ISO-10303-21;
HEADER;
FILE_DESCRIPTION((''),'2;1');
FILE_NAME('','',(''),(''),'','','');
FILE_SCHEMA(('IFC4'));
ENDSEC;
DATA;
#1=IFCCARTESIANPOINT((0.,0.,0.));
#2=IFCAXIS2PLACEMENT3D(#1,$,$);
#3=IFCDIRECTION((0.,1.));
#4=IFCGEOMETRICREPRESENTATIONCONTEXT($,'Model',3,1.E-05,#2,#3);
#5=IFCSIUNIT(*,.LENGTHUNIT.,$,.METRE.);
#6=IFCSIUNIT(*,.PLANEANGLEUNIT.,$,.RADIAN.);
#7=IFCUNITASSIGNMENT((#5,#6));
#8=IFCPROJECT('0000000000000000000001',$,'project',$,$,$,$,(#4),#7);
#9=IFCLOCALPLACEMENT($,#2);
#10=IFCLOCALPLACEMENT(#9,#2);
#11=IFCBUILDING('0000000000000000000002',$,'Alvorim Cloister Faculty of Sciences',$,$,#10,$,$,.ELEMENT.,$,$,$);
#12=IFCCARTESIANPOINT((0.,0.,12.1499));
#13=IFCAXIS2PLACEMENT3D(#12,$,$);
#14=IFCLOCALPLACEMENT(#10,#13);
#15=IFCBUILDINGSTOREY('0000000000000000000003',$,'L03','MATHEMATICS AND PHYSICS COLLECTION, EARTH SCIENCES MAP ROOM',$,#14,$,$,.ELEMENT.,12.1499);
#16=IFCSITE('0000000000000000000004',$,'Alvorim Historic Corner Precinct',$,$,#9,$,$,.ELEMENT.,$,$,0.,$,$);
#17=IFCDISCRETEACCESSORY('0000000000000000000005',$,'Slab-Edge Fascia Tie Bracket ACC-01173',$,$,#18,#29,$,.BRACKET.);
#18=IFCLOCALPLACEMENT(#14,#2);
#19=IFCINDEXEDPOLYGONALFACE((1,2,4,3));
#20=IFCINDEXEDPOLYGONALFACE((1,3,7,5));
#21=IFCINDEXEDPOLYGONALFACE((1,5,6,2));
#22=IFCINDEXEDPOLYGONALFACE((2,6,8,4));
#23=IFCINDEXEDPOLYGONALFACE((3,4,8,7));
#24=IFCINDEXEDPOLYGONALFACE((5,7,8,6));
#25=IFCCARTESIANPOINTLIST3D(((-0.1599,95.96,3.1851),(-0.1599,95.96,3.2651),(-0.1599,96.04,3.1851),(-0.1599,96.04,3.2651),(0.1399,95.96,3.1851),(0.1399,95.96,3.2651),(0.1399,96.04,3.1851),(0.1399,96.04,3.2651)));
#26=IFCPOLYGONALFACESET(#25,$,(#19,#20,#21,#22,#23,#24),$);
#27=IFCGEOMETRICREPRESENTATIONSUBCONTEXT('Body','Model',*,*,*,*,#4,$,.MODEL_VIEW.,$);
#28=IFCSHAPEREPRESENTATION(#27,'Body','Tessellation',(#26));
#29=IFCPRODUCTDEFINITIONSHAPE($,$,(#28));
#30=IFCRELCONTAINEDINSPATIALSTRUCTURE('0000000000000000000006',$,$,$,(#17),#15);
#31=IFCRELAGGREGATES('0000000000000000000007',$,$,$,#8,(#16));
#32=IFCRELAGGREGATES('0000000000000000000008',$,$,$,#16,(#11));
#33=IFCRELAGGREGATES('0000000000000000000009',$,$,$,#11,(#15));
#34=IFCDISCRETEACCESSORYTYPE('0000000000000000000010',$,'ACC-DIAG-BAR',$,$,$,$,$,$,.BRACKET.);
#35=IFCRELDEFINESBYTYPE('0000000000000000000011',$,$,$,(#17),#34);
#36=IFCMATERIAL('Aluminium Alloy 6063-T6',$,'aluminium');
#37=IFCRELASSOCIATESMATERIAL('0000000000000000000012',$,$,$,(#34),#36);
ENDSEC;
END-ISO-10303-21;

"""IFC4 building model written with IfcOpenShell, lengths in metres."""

from ifc_helpers import new_model, si_unit, direction, frame, origin, origin_2d, place, context, subcontext, project, spatial, rectangle, extrude, material, type_object, element, save


model = new_model("IFC4")

# Units and contexts
model_context = context("Model", 3, precision=1e-05, world=origin(), true_north=direction((0.0, 1.0)))
body_context = subcontext(model_context, "Body", "Model", "MODEL_VIEW")
ifc_project = project(units=[si_unit("LENGTHUNIT", "METRE"), si_unit("PLANEANGLEUNIT", "RADIAN")], contexts=[model_context])

# Site, building, storey
site_placement = place(None, origin())
site = spatial("IfcSite", under=ifc_project, at=site_placement, Name="Alvorim Historic Corner Precinct", CompositionType="ELEMENT", RefElevation=0.0)
building_placement = place(site_placement, origin())
building = spatial("IfcBuilding", under=site, at=building_placement, Name="Alvorim Cloister Faculty of Sciences", CompositionType="ELEMENT")
storey_placement = place(building_placement, frame((0.0, 0.0, 12.1499)))
storey = spatial("IfcBuildingStorey", under=building, at=storey_placement, Name="L03", Description="MATHEMATICS AND PHYSICS COLLECTION, EARTH SCIENCES MAP ROOM", CompositionType="ELEMENT", Elevation=12.1499)

# Shared definitions
ifc_material_1 = material(Name="Aluminium Alloy 6063-T6", Category="aluminium")

# Discrete accessory
discrete_accessory_type = type_object("IfcDiscreteAccessoryType", Name="ACC-DIAG-BAR", PredefinedType="BRACKET", material=ifc_material_1)
discrete_accessory_placement = place(storey_placement, frame((0.1399, 96.0, 3.2251), z_axis=(-1.0, 0.0, 0.0), x_axis=(0.0, -1.0, 0.0)))
element("IfcDiscreteAccessory", 1, at=discrete_accessory_placement, inside=storey, type_object=discrete_accessory_type, Name="Slab-Edge Fascia Tie Bracket ACC-01173", PredefinedType="BRACKET", context=body_context, shape_type="SweptSolid", body=[
    extrude(rectangle(XDim=0.0801, YDim=0.0801, at=origin_2d()), origin(), (0.0, 0.0, 1.0), 0.2998),
])

save(model, "model.ifc")
